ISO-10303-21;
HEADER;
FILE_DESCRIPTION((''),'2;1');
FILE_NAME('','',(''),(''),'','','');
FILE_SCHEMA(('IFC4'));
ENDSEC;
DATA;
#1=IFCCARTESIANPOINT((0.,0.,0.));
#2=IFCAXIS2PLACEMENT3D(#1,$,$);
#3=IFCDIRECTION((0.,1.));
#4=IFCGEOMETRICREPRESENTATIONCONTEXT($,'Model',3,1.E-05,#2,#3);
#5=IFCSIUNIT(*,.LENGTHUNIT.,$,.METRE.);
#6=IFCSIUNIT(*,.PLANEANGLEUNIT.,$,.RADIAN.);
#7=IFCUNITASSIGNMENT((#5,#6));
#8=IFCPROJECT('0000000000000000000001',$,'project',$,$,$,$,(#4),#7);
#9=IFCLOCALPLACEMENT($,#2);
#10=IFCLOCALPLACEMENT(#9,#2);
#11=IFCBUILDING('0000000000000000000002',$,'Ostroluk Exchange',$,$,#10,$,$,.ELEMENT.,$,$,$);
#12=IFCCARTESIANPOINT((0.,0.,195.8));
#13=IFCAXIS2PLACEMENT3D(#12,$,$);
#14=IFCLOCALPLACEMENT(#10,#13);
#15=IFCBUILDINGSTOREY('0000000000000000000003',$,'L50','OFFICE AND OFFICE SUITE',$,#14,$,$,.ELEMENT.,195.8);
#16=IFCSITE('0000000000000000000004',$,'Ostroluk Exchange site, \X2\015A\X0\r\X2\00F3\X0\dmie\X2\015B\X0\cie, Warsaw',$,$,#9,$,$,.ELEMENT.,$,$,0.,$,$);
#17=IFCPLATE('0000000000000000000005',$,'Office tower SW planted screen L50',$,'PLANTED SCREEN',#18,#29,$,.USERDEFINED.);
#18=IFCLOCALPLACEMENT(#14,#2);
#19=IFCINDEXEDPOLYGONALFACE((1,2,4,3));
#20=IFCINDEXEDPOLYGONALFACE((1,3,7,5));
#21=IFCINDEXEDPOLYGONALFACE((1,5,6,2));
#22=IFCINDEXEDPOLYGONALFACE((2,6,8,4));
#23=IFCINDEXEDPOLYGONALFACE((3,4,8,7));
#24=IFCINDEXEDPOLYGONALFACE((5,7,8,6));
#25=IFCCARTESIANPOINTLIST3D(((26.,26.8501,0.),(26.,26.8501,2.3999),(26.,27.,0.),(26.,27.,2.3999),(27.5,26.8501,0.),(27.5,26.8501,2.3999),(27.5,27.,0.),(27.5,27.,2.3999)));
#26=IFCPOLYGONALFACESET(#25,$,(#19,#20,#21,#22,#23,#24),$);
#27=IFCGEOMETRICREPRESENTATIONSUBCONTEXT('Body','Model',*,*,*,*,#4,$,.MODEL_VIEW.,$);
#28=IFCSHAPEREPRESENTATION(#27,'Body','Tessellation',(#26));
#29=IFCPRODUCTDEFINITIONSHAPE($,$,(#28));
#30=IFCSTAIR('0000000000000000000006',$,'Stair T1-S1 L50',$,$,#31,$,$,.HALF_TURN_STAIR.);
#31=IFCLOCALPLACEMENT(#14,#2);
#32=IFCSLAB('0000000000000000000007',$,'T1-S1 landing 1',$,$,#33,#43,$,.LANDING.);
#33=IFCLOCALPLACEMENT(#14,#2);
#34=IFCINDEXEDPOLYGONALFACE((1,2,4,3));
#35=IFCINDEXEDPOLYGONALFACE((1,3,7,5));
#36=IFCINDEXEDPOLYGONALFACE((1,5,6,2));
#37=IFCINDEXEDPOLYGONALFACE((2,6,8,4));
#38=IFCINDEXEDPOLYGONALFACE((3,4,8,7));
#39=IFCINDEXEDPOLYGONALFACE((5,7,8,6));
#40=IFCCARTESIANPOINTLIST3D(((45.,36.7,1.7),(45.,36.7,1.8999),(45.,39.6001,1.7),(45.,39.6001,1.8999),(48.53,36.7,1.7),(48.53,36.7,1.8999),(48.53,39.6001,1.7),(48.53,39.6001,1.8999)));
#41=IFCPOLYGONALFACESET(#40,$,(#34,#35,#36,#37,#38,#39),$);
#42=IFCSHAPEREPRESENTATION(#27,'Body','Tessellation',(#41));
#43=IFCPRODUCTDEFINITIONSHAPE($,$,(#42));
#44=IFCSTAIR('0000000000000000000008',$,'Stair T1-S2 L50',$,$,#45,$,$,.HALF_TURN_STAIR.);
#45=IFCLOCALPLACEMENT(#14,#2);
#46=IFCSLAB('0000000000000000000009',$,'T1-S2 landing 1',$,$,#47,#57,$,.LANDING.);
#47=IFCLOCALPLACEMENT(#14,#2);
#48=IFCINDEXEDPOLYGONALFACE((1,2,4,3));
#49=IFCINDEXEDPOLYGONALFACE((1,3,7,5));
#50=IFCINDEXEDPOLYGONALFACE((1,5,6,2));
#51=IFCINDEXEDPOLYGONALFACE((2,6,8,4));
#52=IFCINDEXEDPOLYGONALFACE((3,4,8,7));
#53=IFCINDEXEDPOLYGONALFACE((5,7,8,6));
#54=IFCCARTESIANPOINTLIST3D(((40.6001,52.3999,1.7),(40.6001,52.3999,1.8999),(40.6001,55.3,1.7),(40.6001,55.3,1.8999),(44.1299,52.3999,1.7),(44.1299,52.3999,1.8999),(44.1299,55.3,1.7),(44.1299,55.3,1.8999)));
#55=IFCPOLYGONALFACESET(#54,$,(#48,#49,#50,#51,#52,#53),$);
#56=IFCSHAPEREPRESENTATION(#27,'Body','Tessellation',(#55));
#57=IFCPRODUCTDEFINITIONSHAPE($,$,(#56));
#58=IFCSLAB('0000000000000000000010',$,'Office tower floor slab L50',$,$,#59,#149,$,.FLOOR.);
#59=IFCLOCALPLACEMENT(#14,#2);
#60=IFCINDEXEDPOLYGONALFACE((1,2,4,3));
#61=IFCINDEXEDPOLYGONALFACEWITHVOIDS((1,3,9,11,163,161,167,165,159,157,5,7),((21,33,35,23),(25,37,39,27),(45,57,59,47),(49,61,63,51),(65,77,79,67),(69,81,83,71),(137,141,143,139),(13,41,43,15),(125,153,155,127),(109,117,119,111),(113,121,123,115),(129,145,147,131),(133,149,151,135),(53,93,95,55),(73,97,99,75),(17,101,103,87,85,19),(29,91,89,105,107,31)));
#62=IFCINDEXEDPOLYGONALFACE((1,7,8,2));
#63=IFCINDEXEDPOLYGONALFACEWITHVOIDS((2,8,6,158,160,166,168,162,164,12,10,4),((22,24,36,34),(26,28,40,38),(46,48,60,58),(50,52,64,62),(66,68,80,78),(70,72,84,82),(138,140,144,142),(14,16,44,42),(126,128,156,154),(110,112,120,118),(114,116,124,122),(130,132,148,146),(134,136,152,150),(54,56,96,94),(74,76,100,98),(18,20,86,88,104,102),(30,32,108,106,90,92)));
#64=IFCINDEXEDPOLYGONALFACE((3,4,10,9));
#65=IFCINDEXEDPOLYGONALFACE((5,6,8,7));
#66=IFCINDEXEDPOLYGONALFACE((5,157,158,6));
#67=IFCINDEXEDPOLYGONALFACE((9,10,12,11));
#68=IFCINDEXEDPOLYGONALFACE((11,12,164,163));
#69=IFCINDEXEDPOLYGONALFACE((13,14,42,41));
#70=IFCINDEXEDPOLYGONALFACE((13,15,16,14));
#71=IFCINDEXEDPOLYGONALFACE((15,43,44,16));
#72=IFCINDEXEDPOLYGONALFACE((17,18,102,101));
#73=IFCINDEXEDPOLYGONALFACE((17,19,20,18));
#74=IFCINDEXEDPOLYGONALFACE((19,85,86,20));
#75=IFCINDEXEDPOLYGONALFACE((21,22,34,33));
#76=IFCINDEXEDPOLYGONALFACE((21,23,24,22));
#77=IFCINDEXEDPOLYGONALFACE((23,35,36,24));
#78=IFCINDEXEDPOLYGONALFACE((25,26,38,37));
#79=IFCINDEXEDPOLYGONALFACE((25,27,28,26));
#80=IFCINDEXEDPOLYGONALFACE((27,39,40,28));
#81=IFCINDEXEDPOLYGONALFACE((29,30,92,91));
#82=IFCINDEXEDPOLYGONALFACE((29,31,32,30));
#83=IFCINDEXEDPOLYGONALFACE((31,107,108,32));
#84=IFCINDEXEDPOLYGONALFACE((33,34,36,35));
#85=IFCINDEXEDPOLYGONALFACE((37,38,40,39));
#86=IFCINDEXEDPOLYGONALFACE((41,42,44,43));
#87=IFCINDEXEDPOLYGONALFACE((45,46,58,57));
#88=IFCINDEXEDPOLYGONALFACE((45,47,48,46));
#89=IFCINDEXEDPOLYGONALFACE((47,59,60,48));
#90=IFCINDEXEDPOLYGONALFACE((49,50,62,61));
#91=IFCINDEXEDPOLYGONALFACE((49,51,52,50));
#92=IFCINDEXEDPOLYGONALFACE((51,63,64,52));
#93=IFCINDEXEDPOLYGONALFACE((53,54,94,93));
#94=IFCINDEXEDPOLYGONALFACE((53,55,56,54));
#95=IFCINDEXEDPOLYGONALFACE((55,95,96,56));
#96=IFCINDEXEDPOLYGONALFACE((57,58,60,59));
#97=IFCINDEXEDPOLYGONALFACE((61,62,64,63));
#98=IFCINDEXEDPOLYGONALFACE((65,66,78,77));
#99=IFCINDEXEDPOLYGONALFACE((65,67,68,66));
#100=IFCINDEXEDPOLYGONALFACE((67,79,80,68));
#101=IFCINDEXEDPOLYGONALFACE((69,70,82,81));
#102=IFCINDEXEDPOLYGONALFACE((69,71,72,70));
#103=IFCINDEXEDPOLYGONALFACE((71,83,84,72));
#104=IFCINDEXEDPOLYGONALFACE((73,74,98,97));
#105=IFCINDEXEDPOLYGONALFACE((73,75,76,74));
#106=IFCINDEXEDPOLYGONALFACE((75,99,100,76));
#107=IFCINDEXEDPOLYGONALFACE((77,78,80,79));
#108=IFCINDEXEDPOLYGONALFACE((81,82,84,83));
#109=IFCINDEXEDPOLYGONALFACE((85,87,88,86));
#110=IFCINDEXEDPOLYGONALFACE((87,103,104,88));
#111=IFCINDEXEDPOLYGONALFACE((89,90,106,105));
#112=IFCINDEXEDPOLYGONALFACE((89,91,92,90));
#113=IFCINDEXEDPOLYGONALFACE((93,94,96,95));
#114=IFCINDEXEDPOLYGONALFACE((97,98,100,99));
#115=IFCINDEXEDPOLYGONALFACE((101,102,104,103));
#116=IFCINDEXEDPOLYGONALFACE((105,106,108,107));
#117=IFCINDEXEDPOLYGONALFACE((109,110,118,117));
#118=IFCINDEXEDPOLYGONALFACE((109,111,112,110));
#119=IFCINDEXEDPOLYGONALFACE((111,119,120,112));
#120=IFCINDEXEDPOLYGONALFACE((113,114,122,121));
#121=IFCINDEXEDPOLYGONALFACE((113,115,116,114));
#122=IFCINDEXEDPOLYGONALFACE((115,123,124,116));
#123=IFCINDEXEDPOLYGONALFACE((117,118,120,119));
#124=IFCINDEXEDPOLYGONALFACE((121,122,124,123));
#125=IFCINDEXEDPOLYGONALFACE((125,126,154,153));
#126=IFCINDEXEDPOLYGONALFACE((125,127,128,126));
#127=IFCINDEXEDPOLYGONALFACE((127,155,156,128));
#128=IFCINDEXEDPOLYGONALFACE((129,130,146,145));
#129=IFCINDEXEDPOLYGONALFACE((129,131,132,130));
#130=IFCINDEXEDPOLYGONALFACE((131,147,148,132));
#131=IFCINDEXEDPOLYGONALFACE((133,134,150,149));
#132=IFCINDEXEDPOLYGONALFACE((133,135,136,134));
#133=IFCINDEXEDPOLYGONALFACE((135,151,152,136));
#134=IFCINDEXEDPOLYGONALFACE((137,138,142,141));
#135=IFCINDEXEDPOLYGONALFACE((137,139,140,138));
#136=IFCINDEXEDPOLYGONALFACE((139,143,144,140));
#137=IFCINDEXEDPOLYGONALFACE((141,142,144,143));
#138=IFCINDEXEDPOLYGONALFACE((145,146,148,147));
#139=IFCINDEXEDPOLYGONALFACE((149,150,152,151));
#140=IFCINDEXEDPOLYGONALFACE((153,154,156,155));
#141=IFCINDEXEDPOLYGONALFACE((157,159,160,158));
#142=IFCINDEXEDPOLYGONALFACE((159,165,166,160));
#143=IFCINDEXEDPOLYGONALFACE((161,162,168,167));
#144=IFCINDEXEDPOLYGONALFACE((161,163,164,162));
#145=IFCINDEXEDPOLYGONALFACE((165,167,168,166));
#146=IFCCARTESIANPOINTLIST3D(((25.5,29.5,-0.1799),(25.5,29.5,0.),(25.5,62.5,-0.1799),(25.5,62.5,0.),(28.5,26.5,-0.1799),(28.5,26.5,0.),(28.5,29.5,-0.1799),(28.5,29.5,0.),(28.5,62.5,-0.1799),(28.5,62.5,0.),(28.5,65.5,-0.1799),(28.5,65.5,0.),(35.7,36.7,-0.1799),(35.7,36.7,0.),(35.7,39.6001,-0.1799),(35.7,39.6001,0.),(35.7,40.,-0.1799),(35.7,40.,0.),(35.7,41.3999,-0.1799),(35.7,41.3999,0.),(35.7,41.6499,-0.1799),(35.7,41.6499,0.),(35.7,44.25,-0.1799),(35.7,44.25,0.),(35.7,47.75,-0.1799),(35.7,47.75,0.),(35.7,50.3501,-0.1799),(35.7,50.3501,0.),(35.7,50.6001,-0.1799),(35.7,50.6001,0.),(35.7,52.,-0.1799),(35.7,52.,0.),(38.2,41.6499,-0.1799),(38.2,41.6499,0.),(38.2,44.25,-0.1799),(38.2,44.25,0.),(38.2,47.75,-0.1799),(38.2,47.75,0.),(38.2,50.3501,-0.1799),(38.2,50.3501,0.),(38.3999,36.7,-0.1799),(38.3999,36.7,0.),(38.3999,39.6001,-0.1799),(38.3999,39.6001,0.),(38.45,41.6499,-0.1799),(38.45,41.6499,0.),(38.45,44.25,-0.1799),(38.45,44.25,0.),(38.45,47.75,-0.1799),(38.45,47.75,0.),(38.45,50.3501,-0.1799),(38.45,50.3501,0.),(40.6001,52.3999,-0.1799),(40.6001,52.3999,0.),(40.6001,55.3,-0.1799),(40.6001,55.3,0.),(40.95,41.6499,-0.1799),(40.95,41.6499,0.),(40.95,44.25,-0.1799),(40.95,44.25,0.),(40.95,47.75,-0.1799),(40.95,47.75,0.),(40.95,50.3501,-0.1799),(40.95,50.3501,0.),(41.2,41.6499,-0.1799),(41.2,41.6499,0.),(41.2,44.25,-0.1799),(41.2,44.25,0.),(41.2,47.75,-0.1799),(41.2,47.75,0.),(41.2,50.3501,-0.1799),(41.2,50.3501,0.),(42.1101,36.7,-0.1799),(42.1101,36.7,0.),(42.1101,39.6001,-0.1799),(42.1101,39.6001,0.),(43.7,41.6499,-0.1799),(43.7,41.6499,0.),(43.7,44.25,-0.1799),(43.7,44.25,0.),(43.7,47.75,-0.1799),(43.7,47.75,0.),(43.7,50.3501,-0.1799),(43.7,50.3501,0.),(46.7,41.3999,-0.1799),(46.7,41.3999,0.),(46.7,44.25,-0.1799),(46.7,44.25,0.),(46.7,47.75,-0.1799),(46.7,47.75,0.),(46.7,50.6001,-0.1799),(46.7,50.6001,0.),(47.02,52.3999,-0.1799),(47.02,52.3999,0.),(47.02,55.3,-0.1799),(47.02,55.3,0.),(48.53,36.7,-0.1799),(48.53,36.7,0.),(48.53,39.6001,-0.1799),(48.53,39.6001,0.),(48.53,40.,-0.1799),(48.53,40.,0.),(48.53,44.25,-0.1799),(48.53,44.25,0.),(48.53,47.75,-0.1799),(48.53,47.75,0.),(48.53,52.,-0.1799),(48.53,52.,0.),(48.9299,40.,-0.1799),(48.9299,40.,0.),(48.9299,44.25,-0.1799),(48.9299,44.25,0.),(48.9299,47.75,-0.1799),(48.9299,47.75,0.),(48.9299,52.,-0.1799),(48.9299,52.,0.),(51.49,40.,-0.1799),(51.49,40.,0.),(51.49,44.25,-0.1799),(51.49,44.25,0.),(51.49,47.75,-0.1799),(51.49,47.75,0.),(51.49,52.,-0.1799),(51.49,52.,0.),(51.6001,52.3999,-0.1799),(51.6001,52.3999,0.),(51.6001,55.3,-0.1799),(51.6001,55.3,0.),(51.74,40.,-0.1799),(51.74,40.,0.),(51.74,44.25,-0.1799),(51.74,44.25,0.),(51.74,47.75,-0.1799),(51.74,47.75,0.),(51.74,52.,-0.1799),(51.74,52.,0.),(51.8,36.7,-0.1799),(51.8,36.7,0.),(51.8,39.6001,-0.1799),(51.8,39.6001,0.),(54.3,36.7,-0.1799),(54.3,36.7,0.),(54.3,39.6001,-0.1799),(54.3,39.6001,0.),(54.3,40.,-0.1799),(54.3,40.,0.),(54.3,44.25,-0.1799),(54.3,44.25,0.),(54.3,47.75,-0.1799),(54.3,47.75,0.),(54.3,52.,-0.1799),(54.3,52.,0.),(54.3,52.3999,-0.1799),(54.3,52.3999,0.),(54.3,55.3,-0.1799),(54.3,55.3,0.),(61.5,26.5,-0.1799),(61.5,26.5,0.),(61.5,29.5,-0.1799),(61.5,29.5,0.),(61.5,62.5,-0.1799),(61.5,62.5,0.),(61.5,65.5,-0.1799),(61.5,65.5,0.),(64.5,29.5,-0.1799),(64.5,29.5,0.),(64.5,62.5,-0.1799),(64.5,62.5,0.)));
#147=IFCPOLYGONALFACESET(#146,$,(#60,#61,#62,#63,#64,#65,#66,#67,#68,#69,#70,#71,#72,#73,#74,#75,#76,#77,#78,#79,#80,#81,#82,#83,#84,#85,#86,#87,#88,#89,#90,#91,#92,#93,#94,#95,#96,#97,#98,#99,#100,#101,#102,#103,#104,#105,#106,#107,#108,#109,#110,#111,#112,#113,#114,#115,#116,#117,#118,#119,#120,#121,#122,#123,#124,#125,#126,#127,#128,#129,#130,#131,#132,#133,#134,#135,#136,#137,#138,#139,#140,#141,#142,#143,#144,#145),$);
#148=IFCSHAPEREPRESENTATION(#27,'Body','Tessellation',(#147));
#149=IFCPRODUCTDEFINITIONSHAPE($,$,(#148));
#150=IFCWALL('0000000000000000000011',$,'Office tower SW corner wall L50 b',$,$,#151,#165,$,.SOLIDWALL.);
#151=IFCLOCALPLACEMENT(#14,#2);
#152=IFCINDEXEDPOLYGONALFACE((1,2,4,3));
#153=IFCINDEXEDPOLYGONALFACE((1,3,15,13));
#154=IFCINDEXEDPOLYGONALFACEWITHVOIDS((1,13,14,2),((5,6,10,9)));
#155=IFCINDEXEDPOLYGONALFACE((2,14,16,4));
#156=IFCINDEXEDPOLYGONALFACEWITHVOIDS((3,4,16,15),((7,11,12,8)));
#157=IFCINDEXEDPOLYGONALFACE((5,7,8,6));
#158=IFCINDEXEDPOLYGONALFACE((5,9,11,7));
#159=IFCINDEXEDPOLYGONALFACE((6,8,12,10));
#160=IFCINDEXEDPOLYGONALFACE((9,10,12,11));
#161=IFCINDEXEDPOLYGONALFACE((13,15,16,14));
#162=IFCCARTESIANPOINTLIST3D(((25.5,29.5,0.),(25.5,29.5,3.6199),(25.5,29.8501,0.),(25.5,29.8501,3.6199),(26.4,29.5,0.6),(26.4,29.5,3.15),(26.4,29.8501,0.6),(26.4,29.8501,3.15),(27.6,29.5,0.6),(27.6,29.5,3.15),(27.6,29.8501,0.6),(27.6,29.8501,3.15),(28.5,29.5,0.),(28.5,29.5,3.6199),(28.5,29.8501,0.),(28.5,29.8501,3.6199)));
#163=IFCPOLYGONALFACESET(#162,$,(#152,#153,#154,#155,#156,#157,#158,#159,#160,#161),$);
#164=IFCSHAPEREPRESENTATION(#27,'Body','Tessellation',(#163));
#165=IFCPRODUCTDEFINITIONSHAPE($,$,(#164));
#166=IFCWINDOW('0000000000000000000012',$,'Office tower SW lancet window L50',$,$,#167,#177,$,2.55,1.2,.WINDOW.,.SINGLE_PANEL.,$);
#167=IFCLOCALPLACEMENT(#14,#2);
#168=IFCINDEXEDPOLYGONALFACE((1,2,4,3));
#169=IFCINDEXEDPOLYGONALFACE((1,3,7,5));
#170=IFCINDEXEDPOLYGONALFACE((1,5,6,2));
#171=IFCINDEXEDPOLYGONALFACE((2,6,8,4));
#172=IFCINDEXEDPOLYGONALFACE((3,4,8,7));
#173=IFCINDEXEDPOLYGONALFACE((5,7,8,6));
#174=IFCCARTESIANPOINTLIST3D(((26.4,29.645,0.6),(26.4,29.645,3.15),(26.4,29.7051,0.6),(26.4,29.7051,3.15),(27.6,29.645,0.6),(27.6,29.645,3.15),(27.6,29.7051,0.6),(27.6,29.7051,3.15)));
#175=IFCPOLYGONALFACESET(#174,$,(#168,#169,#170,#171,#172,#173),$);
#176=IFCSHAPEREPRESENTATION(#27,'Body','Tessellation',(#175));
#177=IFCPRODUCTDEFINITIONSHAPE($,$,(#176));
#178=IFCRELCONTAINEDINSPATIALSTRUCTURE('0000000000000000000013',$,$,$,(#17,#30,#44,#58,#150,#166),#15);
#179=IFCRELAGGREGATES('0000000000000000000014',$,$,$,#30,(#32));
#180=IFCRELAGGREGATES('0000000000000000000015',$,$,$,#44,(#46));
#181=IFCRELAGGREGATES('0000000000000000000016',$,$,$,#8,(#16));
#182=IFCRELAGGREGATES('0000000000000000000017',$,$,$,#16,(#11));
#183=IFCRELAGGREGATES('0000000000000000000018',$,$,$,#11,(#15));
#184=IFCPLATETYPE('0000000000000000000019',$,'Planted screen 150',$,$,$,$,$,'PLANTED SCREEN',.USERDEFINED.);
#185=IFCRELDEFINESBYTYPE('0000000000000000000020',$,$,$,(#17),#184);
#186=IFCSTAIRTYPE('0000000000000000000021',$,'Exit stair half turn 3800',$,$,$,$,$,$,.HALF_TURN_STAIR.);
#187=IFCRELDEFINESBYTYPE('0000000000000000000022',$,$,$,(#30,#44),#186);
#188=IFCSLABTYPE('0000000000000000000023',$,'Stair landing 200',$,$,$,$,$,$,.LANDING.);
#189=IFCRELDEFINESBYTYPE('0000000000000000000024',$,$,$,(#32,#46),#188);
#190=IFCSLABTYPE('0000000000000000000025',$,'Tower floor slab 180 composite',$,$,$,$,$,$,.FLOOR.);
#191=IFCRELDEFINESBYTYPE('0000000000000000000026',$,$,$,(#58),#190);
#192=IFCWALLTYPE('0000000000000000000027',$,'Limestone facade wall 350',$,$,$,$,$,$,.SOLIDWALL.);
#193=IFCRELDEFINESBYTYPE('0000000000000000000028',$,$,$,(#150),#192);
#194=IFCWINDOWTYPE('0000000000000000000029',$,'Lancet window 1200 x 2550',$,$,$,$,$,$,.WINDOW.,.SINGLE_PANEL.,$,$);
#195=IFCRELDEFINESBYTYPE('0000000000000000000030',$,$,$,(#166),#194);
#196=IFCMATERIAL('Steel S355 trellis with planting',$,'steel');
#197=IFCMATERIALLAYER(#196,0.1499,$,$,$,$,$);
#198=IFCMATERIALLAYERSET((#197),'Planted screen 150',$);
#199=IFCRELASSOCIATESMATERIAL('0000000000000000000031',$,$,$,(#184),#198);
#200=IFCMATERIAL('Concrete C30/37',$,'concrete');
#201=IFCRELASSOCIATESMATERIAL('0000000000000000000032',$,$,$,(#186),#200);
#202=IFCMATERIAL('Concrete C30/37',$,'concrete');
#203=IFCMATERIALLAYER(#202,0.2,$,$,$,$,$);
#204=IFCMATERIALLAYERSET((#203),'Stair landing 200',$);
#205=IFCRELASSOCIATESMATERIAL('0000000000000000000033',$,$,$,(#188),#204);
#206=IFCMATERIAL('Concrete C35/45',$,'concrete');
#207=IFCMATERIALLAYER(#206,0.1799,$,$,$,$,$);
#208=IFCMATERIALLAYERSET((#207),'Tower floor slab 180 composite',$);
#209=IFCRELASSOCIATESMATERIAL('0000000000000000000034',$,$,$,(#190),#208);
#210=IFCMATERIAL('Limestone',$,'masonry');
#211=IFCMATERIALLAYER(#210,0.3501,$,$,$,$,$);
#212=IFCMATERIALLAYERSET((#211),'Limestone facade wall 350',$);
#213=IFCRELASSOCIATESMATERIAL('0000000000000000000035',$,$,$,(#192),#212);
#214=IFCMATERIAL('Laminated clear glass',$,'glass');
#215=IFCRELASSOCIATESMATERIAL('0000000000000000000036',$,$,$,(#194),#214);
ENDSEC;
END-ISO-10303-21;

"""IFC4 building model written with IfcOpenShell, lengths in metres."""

from ifc_helpers import new_model, si_unit, direction, frame, frame_2d, origin, origin_2d, place, context, subcontext, project, spatial, polyline, rectangle, outline, extrude, material, layer, layer_set, type_object, element, fill, aggregate, save


model = new_model("IFC4")

# Units and contexts
model_context = context("Model", 3, precision=1e-05, world=origin(), true_north=direction((0.0, 1.0)))
body_context = subcontext(model_context, "Body", "Model", "MODEL_VIEW")
ifc_project = project(units=[si_unit("LENGTHUNIT", "METRE"), si_unit("PLANEANGLEUNIT", "RADIAN")], contexts=[model_context])

# Site, building, storey
site_placement = place(None, origin())
site = spatial("IfcSite", under=ifc_project, at=site_placement, Name="Ostroluk Exchange site, Śródmieście, Warsaw", CompositionType="ELEMENT", RefElevation=0.0)
building_placement = place(site_placement, origin())
building = spatial("IfcBuilding", under=site, at=building_placement, Name="Ostroluk Exchange", CompositionType="ELEMENT")
storey_placement = place(building_placement, frame((0.0, 0.0, 195.8)))
storey = spatial("IfcBuildingStorey", under=building, at=storey_placement, Name="L50", Description="OFFICE AND OFFICE SUITE", CompositionType="ELEMENT", Elevation=195.8)

# Plate
ifc_material_1 = material(Name="Steel S355 trellis with planting", Category="steel")
ifc_layer_1 = layer(ifc_material_1, 0.1499)
ifc_layer_set_1 = layer_set([ifc_layer_1], Name="Planted screen 150")
plate_type = type_object("IfcPlateType", Name="Planted screen 150", ElementType="PLANTED SCREEN", PredefinedType="USERDEFINED", material=ifc_layer_set_1)
plate_placement = place(storey_placement, frame((26.75, 26.925, 0.0), z_axis=(0.0, 0.0, 1.0), x_axis=(1.0, 0.0, 0.0)))
element("IfcPlate", 1, at=plate_placement, inside=storey, type_object=plate_type, Name="Office tower SW planted screen L50", ObjectType="PLANTED SCREEN", PredefinedType="USERDEFINED", context=body_context, shape_type="SweptSolid", body=[
    extrude(rectangle(XDim=1.5, YDim=0.1499, at=origin_2d()), origin(), (0.0, 0.0, 1.0), 2.3999),
])

# Stairs, slabs
ifc_material_2 = material(Name="Concrete C30/37", Category="concrete")
stair_type = type_object("IfcStairType", Name="Exit stair half turn 3800", PredefinedType="HALF_TURN_STAIR", material=ifc_material_2)
stair_1_placement = place(storey_placement, origin())
stair_1 = element("IfcStair", 2, at=stair_1_placement, inside=storey, type_object=stair_type, Name="Stair T1-S1 L50", PredefinedType="HALF_TURN_STAIR")
ifc_material_3 = material(Name="Concrete C30/37", Category="concrete")
ifc_layer_2 = layer(ifc_material_3, 0.2)
ifc_layer_set_2 = layer_set([ifc_layer_2], Name="Stair landing 200")
slab_type_1 = type_object("IfcSlabType", Name="Stair landing 200", PredefinedType="LANDING", material=ifc_layer_set_2)
slab_1_placement = place(storey_placement, frame((0.0, 0.0, 1.7)))
slab_1 = element("IfcSlab", 3, at=slab_1_placement, type_object=slab_type_1, Name="T1-S1 landing 1", PredefinedType="LANDING", context=body_context, shape_type="SweptSolid", body=[
    extrude(outline(polyline([(45.0, 36.7), (45.0, 39.6001), (48.53, 39.6001), (48.53, 36.7), (45.0, 36.7)])), origin(), (0.0, 0.0, 1.0), 0.2),
])
aggregate(stair_1, [slab_1])
stair_2_placement = place(storey_placement, origin())
stair_2 = element("IfcStair", 4, at=stair_2_placement, inside=storey, type_object=stair_type, Name="Stair T1-S2 L50", PredefinedType="HALF_TURN_STAIR")
slab_2_placement = place(storey_placement, frame((0.0, 0.0, 1.7)))
slab_2 = element("IfcSlab", 5, at=slab_2_placement, type_object=slab_type_1, Name="T1-S2 landing 1", PredefinedType="LANDING", context=body_context, shape_type="SweptSolid", body=[
    extrude(outline(polyline([(44.1299, 52.3999), (44.1299, 55.3), (40.6001, 55.3), (40.6001, 52.3999), (44.1299, 52.3999)])), origin(), (0.0, 0.0, 1.0), 0.2),
])
aggregate(stair_2, [slab_2])

# Slab
ifc_material_4 = material(Name="Concrete C35/45", Category="concrete")
ifc_layer_3 = layer(ifc_material_4, 0.1799)
ifc_layer_set_3 = layer_set([ifc_layer_3], Name="Tower floor slab 180 composite")
slab_type_2 = type_object("IfcSlabType", Name="Tower floor slab 180 composite", PredefinedType="FLOOR", material=ifc_layer_set_3)
slab_3_placement = place(storey_placement, frame((0.0, 0.0, -0.1799)))
element("IfcSlab", 6, at=slab_3_placement, inside=storey, type_object=slab_type_2, Name="Office tower floor slab L50", PredefinedType="FLOOR", context=body_context, shape_type="SweptSolid", body=[
    extrude(outline(polyline([(28.5, 26.5), (61.5, 26.5), (61.5, 29.5), (64.5, 29.5), (64.5, 62.5), (61.5, 62.5), (61.5, 65.5), (28.5, 65.5), (28.5, 62.5), (25.5, 62.5), (25.5, 29.5), (28.5, 29.5), (28.5, 26.5)]), holes=[polyline([(35.7, 36.7), (38.3999, 36.7), (38.3999, 39.6001), (35.7, 39.6001), (35.7, 36.7)]), polyline([(42.1101, 36.7), (48.53, 36.7), (48.53, 39.6001), (42.1101, 39.6001), (42.1101, 36.7)]), polyline([(51.8, 36.7), (54.3, 36.7), (54.3, 39.6001), (51.8, 39.6001), (51.8, 36.7)]), polyline([(40.6001, 52.3999), (47.02, 52.3999), (47.02, 55.3), (40.6001, 55.3), (40.6001, 52.3999)]), polyline([(51.6001, 52.3999), (54.3, 52.3999), (54.3, 55.3), (51.6001, 55.3), (51.6001, 52.3999)]), polyline([(35.7, 47.75), (38.2, 47.75), (38.2, 50.3501), (35.7, 50.3501), (35.7, 47.75)]), polyline([(38.45, 47.75), (40.95, 47.75), (40.95, 50.3501), (38.45, 50.3501), (38.45, 47.75)]), polyline([(41.2, 47.75), (43.7, 47.75), (43.7, 50.3501), (41.2, 50.3501), (41.2, 47.75)]), polyline([(35.7, 41.6499), (38.2, 41.6499), (38.2, 44.25), (35.7, 44.25), (35.7, 41.6499)]), polyline([(38.45, 41.6499), (40.95, 41.6499), (40.95, 44.25), (38.45, 44.25), (38.45, 41.6499)]), polyline([(41.2, 41.6499), (43.7, 41.6499), (43.7, 44.25), (41.2, 44.25), (41.2, 41.6499)]), polyline([(48.9299, 47.75), (51.49, 47.75), (51.49, 52.0), (48.9299, 52.0), (48.9299, 47.75)]), polyline([(51.74, 47.75), (54.3, 47.75), (54.3, 52.0), (51.74, 52.0), (51.74, 47.75)]), polyline([(48.9299, 40.0), (51.49, 40.0), (51.49, 44.25), (48.9299, 44.25), (48.9299, 40.0)]), polyline([(51.74, 40.0), (54.3, 40.0), (54.3, 44.25), (51.74, 44.25), (51.74, 40.0)]), polyline([(48.53, 52.0), (48.53, 47.75), (46.7, 47.75), (46.7, 50.6001), (35.7, 50.6001), (35.7, 52.0), (48.53, 52.0)]), polyline([(35.7, 40.0), (35.7, 41.3999), (46.7, 41.3999), (46.7, 44.25), (48.53, 44.25), (48.53, 40.0), (35.7, 40.0)])]), origin(), (0.0, 0.0, 1.0), 0.1799),
])

# Wall, opening, window
ifc_material_5 = material(Name="Limestone", Category="masonry")
ifc_layer_4 = layer(ifc_material_5, 0.3501)
ifc_layer_set_4 = layer_set([ifc_layer_4], Name="Limestone facade wall 350")
wall_type = type_object("IfcWallType", Name="Limestone facade wall 350", PredefinedType="SOLIDWALL", material=ifc_layer_set_4)
wall_placement = place(storey_placement, frame((28.5, 29.675, 0.0), z_axis=(0.0, 0.0, 1.0), x_axis=(-1.0, 0.0, 0.0)))
wall = element("IfcWall", 7, at=wall_placement, inside=storey, type_object=wall_type, Name="Office tower SW corner wall L50 b", PredefinedType="SOLIDWALL", context=body_context, shape_type="SweptSolid", body=[
    extrude(rectangle(XDim=3.0, YDim=0.3501, at=frame_2d((1.5, 0.0))), origin(), (0.0, 0.0, 1.0), 3.6199),
])
opening_placement = place(wall_placement, frame((0.8999, 0.0, 0.6001)))
opening = element("IfcOpeningElement", 8, at=opening_placement, cuts=wall, PredefinedType="OPENING", context=body_context, shape_type="SweptSolid", body=[
    extrude(rectangle(XDim=1.2, YDim=2.55, at=frame_2d((0.6001, 1.2749))), frame((0.0, 0.1851, 0.0), z_axis=(0.0, -1.0, 0.0), x_axis=(1.0, 0.0, 0.0)), (0.0, 0.0, 1.0), 0.3701),
])
ifc_material_6 = material(Name="Laminated clear glass", Category="glass")
window_type = type_object("IfcWindowType", Name="Lancet window 1200 x 2550", PartitioningType="SINGLE_PANEL", PredefinedType="WINDOW", material=ifc_material_6)
window_placement = place(opening_placement, origin())
window = element("IfcWindow", 9, at=window_placement, inside=storey, type_object=window_type, Name="Office tower SW lancet window L50", OverallHeight=2.55, OverallWidth=1.2, PartitioningType="SINGLE_PANEL", PredefinedType="WINDOW", context=body_context, shape_type="SweptSolid", body=[
    extrude(rectangle(XDim=1.2, YDim=2.55, at=frame_2d((0.6001, 1.2749))), frame((0.0, 0.03, 0.0), z_axis=(0.0, -1.0, 0.0), x_axis=(1.0, 0.0, 0.0)), (0.0, 0.0, 1.0), 0.0601),
])
fill(opening, window)

save(model, "model.ifc")
